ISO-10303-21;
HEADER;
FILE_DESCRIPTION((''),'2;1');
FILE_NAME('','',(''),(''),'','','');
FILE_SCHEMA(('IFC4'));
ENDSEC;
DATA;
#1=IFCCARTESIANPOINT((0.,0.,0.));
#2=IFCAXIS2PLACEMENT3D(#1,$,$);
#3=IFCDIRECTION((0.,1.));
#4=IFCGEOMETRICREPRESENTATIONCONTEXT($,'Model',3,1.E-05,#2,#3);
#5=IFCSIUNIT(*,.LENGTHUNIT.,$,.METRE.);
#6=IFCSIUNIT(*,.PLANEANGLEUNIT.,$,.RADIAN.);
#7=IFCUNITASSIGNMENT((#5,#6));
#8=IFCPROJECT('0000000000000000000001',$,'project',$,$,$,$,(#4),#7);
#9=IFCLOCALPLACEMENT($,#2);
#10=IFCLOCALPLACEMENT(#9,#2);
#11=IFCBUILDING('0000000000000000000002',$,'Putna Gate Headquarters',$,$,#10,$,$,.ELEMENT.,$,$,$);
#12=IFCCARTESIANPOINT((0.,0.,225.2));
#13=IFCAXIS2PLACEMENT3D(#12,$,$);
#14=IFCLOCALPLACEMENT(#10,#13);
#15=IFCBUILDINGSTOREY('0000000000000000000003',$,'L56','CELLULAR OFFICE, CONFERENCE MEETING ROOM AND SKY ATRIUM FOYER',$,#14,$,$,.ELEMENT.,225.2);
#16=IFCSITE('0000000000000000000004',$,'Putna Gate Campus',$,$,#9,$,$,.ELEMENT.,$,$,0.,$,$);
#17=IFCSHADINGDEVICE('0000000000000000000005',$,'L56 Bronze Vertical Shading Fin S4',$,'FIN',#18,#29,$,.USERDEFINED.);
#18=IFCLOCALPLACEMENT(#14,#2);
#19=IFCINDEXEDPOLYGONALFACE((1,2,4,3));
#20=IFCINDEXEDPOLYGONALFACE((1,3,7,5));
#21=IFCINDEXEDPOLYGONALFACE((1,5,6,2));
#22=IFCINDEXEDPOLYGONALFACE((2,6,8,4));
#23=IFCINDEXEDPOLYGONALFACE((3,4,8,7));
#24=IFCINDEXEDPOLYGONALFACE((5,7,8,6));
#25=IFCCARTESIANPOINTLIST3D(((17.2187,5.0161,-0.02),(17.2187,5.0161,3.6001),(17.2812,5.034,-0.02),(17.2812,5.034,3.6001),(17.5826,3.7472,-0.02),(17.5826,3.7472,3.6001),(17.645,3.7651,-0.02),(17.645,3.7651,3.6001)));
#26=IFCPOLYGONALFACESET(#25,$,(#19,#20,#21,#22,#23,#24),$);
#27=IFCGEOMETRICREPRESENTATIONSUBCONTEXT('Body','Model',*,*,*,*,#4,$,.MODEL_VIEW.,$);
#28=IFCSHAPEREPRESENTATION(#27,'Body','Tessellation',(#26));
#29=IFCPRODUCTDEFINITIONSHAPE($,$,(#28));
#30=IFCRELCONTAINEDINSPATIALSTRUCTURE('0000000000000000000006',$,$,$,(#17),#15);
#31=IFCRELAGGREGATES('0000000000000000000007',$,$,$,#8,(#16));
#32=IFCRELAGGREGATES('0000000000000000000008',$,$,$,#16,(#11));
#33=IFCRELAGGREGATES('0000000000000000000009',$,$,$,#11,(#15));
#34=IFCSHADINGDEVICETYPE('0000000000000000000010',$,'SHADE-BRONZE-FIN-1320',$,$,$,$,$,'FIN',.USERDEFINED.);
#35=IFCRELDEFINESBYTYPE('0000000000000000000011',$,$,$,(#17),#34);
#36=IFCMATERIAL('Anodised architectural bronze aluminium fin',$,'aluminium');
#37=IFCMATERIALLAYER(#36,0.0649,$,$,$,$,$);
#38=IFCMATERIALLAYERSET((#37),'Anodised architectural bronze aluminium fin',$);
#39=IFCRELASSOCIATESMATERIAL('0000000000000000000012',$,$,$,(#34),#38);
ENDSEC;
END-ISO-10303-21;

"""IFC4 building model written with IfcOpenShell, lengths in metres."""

from ifc_helpers import new_model, si_unit, direction, frame, origin, origin_2d, place, context, subcontext, project, spatial, rectangle, extrude, material, layer, layer_set, type_object, element, save


model = new_model("IFC4")

# Units and contexts
model_context = context("Model", 3, precision=1e-05, world=origin(), true_north=direction((0.0, 1.0)))
body_context = subcontext(model_context, "Body", "Model", "MODEL_VIEW")
ifc_project = project(units=[si_unit("LENGTHUNIT", "METRE"), si_unit("PLANEANGLEUNIT", "RADIAN")], contexts=[model_context])

# Site, building, storey
site_placement = place(None, origin())
site = spatial("IfcSite", under=ifc_project, at=site_placement, Name="Putna Gate Campus", CompositionType="ELEMENT", RefElevation=0.0)
building_placement = place(site_placement, origin())
building = spatial("IfcBuilding", under=site, at=building_placement, Name="Putna Gate Headquarters", CompositionType="ELEMENT")
storey_placement = place(building_placement, frame((0.0, 0.0, 225.2)))
storey = spatial("IfcBuildingStorey", under=building, at=storey_placement, Name="L56", Description="CELLULAR OFFICE, CONFERENCE MEETING ROOM AND SKY ATRIUM FOYER", CompositionType="ELEMENT", Elevation=225.2)

# Shading device
ifc_material_1 = material(Name="Anodised architectural bronze aluminium fin", Category="aluminium")
ifc_layer_1 = layer(ifc_material_1, 0.0649)
ifc_layer_set_1 = layer_set([ifc_layer_1], Name="Anodised architectural bronze aluminium fin")
shading_device_type = type_object("IfcShadingDeviceType", Name="SHADE-BRONZE-FIN-1320", ElementType="FIN", PredefinedType="USERDEFINED", material=ifc_layer_set_1)
for number, where, z_axis, x_axis, name in (
    (1, (17.4319, 4.3906, -0.02), (0.0, 0.0, 1.0), (0.275637, -0.961262, 0.0), "L56 Bronze Vertical Shading Fin S4"),
):
    element("IfcShadingDevice", number, at=place(storey_placement, frame(where, z_axis=z_axis, x_axis=x_axis)), inside=storey, type_object=shading_device_type, Name=name, ObjectType="FIN", PredefinedType="USERDEFINED", context=body_context, shape_type="SweptSolid", body=[
        extrude(rectangle(XDim=1.3201, YDim=0.0649, at=origin_2d()), origin(), (0.0, 0.0, 1.0), 3.6201),
    ])

save(model, "model.ifc")
